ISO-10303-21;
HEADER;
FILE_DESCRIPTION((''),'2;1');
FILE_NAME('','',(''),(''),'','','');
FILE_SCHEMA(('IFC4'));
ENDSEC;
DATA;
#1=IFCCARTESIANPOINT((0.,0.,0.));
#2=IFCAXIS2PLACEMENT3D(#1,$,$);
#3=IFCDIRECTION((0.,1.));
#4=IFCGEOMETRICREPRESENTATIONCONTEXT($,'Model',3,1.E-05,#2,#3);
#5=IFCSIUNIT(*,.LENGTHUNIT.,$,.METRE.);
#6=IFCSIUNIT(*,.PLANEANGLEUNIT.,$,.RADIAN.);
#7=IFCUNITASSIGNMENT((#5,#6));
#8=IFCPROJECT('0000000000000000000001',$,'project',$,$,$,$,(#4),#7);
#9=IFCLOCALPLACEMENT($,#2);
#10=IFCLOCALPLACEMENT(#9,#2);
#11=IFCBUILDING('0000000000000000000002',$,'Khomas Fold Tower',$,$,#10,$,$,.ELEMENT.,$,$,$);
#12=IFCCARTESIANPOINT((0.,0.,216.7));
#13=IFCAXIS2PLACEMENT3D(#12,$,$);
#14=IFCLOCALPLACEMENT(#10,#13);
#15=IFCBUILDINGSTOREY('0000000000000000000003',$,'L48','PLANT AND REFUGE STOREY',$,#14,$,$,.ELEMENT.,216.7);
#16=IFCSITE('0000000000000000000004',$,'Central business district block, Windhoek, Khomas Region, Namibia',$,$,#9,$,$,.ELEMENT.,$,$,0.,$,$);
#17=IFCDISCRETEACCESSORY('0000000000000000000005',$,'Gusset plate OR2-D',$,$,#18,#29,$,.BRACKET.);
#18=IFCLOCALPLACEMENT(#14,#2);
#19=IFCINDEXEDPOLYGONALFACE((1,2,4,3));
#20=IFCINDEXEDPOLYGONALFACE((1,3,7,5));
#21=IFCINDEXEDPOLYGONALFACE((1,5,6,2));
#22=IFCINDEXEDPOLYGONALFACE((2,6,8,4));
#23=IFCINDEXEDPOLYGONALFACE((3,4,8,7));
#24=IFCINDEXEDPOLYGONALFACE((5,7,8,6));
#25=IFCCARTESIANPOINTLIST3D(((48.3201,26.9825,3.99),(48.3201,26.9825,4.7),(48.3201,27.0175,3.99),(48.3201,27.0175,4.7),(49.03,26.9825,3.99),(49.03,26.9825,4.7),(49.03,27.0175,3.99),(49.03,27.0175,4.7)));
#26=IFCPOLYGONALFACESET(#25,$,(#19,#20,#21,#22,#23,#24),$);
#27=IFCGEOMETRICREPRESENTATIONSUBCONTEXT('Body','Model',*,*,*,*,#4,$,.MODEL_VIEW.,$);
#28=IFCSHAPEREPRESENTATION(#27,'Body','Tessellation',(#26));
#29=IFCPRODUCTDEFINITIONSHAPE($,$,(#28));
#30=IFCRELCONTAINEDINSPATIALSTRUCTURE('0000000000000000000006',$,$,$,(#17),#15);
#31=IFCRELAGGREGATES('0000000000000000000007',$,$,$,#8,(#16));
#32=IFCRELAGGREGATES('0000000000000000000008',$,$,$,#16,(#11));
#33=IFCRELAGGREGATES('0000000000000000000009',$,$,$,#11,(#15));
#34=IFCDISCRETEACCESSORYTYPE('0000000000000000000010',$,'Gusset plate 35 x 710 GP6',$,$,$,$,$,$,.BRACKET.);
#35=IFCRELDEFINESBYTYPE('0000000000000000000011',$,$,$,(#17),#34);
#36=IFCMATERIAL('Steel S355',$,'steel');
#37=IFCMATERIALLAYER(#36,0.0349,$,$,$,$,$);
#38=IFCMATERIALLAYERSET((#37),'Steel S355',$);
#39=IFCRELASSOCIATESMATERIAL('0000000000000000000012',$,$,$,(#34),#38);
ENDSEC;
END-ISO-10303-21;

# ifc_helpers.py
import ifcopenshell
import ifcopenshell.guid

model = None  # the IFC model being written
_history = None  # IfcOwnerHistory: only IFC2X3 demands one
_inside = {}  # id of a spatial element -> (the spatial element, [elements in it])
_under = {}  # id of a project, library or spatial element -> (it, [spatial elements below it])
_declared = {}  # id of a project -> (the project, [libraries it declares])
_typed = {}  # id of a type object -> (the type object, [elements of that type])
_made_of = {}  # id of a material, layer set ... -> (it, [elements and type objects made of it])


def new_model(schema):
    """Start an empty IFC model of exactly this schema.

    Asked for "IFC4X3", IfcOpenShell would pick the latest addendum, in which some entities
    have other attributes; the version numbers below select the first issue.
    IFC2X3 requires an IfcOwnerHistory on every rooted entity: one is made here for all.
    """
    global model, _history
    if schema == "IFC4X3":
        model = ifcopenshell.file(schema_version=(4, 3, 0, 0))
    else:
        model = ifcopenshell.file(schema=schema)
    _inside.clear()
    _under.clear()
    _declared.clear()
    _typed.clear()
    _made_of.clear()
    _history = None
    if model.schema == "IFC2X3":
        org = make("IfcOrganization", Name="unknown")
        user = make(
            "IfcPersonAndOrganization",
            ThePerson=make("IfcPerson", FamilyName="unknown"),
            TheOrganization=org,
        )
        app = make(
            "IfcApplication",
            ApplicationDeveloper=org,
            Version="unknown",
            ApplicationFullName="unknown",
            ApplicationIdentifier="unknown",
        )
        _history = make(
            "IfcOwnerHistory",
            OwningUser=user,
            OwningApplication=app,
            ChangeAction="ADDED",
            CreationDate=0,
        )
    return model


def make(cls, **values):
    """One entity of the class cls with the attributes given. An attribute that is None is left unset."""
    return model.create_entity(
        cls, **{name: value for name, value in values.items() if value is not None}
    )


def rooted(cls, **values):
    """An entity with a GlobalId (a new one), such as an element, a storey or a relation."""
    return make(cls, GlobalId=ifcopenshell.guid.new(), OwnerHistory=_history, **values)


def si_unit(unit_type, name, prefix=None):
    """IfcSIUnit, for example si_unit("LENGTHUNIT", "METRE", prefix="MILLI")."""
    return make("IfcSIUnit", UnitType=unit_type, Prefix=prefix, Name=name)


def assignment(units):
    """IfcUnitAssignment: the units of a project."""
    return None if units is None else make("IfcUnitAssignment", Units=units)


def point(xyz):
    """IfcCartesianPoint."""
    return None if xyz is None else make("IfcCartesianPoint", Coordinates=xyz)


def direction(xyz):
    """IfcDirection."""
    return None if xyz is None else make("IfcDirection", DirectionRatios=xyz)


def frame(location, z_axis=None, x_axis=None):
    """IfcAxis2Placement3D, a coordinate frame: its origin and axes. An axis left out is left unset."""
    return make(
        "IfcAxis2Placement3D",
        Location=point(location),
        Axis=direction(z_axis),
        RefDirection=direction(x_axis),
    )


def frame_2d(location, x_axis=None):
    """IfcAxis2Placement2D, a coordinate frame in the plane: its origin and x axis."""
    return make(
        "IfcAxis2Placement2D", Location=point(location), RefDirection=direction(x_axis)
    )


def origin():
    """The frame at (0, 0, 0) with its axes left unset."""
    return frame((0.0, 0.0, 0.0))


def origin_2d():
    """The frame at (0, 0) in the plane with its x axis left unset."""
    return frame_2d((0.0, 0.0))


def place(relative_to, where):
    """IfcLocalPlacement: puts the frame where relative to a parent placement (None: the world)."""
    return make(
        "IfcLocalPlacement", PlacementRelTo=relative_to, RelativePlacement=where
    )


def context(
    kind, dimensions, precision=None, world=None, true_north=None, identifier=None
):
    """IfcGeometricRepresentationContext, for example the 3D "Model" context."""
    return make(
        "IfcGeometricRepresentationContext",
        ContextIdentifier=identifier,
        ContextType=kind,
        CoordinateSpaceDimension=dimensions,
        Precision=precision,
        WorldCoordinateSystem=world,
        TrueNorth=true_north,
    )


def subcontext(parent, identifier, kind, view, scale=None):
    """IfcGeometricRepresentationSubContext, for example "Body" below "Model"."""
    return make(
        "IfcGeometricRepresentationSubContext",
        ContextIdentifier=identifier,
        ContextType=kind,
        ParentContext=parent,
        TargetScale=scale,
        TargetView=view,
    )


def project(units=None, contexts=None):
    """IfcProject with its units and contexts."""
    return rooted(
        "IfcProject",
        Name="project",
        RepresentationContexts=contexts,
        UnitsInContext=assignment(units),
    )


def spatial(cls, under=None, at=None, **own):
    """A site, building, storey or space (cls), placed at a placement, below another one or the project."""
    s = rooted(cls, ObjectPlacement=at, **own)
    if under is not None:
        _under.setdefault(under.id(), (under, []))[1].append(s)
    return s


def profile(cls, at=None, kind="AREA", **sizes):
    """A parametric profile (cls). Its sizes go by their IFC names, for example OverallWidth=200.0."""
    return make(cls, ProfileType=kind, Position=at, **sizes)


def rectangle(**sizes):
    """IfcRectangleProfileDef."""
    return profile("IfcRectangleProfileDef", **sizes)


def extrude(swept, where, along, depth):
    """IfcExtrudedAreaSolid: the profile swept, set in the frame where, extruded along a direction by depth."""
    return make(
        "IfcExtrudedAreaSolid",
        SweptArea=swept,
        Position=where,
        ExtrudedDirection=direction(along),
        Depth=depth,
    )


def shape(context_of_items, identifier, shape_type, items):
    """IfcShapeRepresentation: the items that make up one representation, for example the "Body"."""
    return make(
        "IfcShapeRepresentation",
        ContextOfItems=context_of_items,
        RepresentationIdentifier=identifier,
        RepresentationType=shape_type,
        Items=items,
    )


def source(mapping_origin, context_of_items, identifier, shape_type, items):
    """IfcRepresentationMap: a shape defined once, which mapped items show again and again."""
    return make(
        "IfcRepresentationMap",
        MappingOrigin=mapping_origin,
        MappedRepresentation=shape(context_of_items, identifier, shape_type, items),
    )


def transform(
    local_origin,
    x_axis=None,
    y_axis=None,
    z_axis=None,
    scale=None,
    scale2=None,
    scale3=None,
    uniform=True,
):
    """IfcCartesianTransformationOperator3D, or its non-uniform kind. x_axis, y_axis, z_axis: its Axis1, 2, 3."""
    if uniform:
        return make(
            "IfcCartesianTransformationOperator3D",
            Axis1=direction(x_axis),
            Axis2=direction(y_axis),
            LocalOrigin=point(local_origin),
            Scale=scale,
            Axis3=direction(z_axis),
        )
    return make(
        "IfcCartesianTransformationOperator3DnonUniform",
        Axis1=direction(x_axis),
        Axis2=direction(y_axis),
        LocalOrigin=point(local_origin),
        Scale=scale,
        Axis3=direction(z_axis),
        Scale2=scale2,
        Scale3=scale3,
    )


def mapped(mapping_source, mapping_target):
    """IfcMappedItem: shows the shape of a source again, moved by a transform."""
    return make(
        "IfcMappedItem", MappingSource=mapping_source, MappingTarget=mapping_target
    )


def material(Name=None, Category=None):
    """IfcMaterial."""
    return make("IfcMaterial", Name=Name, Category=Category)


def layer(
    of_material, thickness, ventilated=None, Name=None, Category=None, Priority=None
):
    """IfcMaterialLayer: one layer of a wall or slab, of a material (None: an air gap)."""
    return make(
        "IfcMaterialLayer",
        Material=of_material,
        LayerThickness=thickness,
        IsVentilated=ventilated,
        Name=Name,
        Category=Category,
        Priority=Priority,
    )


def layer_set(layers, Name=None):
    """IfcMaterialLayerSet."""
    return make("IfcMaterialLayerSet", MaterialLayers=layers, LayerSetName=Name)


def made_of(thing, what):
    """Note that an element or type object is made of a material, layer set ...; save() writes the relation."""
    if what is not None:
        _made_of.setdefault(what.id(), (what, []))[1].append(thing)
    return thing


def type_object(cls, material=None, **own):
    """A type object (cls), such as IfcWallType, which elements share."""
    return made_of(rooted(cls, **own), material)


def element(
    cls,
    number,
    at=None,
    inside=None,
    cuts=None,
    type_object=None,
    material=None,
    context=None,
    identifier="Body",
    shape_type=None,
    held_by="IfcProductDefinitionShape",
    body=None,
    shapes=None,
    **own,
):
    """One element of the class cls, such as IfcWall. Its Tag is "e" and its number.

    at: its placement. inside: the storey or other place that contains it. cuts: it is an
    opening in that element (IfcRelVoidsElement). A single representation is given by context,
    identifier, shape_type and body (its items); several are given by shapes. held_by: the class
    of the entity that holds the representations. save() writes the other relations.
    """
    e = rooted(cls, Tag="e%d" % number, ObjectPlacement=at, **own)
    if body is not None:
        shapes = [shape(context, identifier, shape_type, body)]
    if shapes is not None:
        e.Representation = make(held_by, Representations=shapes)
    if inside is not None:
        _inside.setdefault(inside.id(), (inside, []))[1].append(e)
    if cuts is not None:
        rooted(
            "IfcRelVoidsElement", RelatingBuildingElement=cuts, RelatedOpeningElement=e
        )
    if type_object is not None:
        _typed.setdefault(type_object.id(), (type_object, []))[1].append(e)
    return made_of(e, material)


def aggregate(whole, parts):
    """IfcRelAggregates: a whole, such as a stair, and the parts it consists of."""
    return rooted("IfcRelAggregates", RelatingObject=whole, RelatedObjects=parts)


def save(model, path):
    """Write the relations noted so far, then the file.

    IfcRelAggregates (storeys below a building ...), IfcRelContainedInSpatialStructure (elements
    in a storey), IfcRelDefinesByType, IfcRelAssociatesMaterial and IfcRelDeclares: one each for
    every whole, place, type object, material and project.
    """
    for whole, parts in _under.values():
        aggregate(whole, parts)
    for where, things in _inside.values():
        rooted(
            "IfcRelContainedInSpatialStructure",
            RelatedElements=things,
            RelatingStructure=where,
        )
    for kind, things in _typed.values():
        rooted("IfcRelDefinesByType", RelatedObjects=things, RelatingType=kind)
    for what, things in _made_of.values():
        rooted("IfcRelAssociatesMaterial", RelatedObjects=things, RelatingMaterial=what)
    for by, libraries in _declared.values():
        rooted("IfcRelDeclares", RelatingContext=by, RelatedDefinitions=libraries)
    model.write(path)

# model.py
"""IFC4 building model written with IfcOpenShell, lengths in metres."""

from ifc_helpers import new_model, si_unit, direction, frame, origin, origin_2d, place, context, subcontext, project, spatial, rectangle, extrude, source, transform, mapped, material, layer, layer_set, type_object, element, save


model = new_model("IFC4")

# Units and contexts
model_context = context("Model", 3, precision=1e-05, world=origin(), true_north=direction((0.0, 1.0)))
body_context = subcontext(model_context, "Body", "Model", "MODEL_VIEW")
ifc_project = project(units=[si_unit("LENGTHUNIT", "METRE"), si_unit("PLANEANGLEUNIT", "RADIAN")], contexts=[model_context])

# Site, building, storey
site_placement = place(None, origin())
site = spatial("IfcSite", under=ifc_project, at=site_placement, Name="Central business district block, Windhoek, Khomas Region, Namibia", CompositionType="ELEMENT", RefElevation=0.0)
building_placement = place(site_placement, origin())
building = spatial("IfcBuilding", under=site, at=building_placement, Name="Khomas Fold Tower", CompositionType="ELEMENT")
storey_placement = place(building_placement, frame((0.0, 0.0, 216.7)))
storey = spatial("IfcBuildingStorey", under=building, at=storey_placement, Name="L48", Description="PLANT AND REFUGE STOREY", CompositionType="ELEMENT", Elevation=216.7)

# Discrete accessory
ifc_material_1 = material(Name="Steel S355", Category="steel")
ifc_layer_1 = layer(ifc_material_1, 0.0349)
ifc_layer_set_1 = layer_set([ifc_layer_1], Name="Steel S355")
discrete_accessory_type_1 = type_object("IfcDiscreteAccessoryType", Name="Gusset plate 35 x 710 GP6", PredefinedType="BRACKET", material=ifc_layer_set_1)
shared_shape_1 = source(origin(), body_context, "Body", "SweptSolid", [
    extrude(rectangle(XDim=0.71, YDim=0.0349, at=origin_2d()), origin(), (0.0, 0.0, 1.0), 0.71),
])
for number, where, z_axis, x_axis, name in (
    (1, (48.675, 27.0, 3.99), (0.0, 0.0, 1.0), (1.0, 0.0, 0.0), "Gusset plate OR2-D"),
):
    element("IfcDiscreteAccessory", number, at=place(storey_placement, frame(where, z_axis=z_axis, x_axis=x_axis)), inside=storey, type_object=discrete_accessory_type_1, Name=name, PredefinedType="BRACKET", context=body_context, shape_type="MappedRepresentation", body=[
        mapped(shared_shape_1, transform((0.0, 0.0, 0.0))),
    ])

save(model, "model.ifc")
